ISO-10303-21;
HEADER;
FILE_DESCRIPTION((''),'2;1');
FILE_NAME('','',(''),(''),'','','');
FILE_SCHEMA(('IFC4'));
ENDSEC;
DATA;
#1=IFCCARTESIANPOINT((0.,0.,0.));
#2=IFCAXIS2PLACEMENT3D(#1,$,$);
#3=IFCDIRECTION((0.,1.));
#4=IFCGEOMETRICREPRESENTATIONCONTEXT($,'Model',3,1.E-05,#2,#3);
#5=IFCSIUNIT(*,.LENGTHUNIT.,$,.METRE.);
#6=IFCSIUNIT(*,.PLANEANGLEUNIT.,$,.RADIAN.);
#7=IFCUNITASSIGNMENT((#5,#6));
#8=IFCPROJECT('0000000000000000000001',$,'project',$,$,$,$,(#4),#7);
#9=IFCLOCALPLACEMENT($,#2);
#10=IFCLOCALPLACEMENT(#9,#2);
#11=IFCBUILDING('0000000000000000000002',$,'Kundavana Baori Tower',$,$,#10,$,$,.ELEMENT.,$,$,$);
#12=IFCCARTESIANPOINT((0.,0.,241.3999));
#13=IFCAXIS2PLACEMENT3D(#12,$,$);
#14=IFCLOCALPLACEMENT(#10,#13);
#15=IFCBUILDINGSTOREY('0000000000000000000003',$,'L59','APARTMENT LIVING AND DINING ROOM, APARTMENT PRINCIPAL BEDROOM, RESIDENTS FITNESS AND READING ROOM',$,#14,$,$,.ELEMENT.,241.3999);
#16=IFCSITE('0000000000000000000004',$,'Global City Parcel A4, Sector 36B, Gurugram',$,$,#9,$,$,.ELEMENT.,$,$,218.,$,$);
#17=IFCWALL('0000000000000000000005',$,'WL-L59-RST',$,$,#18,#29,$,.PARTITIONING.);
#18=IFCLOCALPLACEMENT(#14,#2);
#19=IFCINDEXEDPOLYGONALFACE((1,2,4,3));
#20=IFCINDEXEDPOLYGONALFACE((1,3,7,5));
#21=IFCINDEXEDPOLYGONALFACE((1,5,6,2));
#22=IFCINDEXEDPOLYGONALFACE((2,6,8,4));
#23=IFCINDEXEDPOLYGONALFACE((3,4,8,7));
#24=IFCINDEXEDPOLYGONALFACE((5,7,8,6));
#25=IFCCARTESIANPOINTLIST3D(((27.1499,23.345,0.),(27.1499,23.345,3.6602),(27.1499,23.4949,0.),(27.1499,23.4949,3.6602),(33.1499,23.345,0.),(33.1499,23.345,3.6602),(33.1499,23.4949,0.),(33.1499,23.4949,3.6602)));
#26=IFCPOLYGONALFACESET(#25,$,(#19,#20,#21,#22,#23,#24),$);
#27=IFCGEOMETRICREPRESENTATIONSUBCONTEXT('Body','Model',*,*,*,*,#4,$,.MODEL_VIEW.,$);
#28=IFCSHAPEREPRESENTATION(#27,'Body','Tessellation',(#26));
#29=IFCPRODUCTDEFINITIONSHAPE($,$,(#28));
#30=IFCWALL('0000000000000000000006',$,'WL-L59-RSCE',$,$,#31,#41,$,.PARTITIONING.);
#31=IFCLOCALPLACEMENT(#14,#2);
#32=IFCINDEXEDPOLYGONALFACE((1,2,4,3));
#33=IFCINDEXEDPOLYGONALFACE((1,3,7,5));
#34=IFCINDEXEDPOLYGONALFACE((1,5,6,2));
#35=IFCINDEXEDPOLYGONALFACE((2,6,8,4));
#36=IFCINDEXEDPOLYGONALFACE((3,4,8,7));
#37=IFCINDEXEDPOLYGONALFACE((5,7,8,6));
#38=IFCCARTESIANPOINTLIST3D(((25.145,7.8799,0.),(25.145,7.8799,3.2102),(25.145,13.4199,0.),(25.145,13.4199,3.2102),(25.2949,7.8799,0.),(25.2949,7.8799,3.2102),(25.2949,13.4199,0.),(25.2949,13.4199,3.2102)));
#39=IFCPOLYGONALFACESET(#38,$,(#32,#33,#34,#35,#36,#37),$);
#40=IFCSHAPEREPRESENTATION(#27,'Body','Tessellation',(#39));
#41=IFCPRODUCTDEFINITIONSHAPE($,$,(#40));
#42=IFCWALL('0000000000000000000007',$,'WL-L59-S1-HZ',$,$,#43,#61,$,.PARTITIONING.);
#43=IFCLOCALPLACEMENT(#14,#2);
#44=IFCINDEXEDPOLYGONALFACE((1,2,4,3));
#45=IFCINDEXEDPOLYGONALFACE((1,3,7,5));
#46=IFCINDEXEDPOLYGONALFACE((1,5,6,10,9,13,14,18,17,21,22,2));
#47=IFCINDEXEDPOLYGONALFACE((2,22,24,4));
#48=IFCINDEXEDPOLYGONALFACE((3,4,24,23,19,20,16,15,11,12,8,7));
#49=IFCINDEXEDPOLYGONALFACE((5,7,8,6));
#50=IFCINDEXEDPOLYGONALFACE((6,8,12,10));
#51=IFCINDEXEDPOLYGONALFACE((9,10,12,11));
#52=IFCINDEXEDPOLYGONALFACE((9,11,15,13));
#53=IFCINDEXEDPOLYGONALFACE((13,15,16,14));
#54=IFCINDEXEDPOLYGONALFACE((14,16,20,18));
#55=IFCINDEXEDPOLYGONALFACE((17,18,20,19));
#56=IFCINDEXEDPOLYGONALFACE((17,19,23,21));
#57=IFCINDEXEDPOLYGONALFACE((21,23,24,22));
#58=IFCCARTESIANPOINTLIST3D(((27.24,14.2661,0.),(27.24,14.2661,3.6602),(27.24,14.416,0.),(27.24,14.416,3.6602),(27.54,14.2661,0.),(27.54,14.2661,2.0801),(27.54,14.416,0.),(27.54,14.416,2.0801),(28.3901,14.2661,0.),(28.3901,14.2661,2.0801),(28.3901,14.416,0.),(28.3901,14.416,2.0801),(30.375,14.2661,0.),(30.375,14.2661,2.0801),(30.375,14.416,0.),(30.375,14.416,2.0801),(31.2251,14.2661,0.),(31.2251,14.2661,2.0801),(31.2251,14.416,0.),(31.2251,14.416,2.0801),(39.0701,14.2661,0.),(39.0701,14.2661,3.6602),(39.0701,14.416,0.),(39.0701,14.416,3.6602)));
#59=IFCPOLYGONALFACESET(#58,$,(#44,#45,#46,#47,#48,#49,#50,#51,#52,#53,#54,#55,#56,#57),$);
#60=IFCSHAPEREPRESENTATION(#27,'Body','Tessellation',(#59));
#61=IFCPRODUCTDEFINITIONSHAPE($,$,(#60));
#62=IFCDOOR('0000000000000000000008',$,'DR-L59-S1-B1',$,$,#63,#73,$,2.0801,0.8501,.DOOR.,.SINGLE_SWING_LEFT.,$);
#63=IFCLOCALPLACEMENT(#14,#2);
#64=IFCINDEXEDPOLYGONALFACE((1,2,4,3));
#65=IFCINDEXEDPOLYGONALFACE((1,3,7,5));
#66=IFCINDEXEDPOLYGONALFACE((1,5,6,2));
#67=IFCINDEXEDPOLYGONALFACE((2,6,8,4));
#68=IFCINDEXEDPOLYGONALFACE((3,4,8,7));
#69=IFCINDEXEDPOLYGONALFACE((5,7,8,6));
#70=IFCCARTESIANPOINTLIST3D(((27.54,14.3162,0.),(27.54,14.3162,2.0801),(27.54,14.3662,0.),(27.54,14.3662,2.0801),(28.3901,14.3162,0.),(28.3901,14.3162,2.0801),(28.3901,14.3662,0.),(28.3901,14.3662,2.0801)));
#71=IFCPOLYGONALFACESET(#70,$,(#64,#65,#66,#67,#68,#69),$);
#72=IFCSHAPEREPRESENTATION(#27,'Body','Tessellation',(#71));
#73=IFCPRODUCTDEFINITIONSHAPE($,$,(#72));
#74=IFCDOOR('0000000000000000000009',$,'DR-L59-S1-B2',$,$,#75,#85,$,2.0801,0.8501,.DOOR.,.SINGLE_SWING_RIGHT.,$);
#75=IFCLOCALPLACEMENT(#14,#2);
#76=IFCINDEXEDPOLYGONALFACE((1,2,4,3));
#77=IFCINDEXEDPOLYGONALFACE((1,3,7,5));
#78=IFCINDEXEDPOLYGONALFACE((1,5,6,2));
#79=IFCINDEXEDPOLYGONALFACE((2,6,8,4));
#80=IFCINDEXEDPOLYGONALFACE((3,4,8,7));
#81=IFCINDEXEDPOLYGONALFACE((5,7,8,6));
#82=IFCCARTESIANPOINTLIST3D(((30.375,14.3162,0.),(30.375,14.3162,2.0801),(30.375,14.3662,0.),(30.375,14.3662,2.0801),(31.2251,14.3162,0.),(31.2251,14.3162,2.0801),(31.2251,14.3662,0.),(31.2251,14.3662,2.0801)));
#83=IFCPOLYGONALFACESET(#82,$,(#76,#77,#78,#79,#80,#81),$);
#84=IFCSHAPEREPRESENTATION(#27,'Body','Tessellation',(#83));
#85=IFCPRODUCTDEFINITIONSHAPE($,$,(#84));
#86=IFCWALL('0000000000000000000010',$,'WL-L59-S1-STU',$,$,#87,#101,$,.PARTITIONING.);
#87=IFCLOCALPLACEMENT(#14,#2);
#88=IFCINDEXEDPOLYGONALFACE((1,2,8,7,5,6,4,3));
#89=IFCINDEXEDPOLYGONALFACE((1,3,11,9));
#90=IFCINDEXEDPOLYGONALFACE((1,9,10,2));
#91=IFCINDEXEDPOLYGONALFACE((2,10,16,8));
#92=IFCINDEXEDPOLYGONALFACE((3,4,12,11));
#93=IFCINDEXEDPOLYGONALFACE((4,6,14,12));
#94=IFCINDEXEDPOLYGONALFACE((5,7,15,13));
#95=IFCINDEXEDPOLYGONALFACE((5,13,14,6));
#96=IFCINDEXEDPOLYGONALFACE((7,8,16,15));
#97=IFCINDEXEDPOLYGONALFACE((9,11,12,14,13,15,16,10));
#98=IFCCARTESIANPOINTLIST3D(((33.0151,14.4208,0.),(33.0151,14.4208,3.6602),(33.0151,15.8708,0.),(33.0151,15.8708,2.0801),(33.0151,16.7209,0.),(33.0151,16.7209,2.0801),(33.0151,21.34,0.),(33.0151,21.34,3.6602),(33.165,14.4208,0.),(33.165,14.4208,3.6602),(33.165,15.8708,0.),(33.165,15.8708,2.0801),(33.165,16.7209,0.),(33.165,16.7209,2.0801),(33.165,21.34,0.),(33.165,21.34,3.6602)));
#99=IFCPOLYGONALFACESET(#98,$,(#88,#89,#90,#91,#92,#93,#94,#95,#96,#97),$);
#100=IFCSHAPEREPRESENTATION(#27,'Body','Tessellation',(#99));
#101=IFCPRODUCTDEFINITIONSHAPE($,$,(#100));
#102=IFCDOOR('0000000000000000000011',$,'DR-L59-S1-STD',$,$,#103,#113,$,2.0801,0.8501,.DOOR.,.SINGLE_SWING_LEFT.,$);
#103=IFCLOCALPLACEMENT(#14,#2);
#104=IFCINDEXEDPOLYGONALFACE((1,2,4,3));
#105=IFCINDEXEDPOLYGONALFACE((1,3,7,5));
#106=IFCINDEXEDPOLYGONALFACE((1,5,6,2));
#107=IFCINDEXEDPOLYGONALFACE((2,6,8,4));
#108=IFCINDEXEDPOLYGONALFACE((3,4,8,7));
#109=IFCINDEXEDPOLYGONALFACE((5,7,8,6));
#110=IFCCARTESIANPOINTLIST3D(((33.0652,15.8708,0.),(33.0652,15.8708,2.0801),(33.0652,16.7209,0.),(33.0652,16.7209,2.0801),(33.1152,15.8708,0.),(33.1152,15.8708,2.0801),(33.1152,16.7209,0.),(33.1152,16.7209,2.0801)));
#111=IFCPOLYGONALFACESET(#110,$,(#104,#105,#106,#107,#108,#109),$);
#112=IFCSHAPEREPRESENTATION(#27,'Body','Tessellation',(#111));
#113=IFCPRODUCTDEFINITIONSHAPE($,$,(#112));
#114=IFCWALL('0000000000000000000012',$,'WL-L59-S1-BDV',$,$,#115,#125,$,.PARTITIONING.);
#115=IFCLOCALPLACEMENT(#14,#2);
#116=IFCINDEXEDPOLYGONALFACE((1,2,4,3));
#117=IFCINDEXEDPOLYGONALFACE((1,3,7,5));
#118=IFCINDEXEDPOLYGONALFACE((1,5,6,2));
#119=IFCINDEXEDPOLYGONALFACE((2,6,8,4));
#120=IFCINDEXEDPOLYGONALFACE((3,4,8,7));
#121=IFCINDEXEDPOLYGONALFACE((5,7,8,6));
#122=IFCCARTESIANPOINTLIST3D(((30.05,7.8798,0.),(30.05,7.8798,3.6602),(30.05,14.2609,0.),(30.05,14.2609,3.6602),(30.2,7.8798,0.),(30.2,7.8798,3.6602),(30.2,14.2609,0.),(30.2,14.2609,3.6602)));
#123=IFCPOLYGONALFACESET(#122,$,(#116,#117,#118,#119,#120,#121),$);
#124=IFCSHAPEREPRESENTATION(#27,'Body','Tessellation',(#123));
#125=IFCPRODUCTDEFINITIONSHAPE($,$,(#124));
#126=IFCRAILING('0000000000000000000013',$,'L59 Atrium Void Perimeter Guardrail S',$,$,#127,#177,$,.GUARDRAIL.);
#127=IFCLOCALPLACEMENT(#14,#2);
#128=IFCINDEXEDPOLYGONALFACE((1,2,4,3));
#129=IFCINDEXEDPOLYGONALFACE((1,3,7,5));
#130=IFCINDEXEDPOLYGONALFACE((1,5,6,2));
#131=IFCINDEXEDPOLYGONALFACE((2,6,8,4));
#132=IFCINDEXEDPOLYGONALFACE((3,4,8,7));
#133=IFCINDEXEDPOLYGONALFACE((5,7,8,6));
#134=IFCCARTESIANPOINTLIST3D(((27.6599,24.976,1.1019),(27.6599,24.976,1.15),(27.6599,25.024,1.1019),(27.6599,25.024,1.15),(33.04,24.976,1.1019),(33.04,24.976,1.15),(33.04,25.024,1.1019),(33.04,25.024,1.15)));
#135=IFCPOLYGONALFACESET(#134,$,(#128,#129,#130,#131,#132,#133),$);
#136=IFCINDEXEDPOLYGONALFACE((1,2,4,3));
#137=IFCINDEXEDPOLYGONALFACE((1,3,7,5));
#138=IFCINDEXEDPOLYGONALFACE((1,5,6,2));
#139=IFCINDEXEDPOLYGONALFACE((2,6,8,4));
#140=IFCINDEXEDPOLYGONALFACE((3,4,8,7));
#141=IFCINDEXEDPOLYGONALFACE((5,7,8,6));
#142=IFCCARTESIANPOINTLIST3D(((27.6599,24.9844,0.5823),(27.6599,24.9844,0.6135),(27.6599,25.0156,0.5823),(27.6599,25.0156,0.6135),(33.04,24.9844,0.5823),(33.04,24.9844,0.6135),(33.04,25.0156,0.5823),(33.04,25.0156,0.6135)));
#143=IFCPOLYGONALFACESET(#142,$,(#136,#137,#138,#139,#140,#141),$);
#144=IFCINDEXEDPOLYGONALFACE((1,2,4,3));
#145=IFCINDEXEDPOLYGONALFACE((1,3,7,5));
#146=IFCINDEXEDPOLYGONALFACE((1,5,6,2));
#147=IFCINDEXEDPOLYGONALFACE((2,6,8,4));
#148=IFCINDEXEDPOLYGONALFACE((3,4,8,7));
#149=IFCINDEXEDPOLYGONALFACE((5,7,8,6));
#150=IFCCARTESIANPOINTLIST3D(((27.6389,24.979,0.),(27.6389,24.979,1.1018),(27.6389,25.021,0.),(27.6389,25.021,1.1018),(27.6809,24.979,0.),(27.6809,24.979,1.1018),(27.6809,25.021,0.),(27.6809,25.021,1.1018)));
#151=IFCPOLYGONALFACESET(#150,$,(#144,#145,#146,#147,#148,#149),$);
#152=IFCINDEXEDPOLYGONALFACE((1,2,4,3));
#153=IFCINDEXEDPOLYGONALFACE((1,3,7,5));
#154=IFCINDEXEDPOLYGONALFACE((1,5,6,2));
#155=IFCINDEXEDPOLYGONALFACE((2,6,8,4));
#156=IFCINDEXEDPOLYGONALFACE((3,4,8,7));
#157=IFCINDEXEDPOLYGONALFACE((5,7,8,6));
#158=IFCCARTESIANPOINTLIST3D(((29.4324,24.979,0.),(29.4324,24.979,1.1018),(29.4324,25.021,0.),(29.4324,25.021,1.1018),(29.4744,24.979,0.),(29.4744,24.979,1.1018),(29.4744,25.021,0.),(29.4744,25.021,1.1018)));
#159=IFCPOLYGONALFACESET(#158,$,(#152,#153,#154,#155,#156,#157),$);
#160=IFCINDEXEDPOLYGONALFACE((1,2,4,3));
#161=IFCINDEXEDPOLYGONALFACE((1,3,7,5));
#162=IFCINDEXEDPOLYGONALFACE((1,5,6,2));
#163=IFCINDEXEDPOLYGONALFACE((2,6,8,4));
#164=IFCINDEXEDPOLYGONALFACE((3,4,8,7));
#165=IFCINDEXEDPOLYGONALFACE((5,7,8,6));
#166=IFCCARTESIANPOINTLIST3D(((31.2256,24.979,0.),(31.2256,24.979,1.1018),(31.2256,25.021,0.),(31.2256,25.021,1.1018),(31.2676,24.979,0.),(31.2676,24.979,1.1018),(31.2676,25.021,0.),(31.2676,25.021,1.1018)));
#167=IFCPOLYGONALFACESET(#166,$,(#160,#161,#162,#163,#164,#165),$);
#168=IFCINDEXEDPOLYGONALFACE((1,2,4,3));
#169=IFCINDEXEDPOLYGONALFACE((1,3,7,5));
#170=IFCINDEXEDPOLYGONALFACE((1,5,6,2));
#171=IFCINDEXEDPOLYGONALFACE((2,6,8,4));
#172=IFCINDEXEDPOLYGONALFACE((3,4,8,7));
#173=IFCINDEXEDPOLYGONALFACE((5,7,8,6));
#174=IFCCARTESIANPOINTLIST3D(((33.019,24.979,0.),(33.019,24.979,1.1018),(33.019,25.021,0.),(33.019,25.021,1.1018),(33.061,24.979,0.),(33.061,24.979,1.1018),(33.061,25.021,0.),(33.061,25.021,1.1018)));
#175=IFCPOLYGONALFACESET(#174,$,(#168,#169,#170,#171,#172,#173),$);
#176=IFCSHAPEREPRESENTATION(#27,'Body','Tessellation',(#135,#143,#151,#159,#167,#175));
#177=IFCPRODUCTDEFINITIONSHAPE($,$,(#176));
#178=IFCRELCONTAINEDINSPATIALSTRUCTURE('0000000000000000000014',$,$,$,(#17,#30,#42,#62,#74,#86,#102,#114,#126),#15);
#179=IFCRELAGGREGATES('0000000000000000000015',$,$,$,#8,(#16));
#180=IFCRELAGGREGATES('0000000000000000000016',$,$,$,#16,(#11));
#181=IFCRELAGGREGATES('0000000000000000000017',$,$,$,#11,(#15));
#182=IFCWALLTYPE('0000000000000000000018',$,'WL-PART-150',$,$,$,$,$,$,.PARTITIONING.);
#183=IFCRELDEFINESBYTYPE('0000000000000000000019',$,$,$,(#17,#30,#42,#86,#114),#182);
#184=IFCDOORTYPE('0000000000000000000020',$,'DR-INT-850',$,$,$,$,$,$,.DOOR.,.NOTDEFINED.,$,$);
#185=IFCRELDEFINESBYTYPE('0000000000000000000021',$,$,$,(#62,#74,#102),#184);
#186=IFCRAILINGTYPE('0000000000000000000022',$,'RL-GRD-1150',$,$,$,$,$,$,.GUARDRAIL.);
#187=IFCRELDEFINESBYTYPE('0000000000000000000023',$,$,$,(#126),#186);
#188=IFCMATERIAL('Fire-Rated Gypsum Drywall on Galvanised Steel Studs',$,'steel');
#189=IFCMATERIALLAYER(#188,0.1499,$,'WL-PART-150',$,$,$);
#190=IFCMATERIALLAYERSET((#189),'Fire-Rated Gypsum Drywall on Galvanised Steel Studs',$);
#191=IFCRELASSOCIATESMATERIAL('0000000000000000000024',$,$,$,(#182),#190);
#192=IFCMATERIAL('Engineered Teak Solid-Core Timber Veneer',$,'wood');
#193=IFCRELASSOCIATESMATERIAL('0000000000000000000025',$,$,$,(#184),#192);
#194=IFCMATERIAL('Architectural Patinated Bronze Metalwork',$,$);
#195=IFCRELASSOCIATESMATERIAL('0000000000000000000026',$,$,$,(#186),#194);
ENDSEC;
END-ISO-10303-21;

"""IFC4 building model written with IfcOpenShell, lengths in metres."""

from ifc_helpers import new_model, si_unit, direction, frame, frame_2d, origin, origin_2d, place, context, subcontext, project, spatial, rectangle, extrude, material, layer, layer_set, type_object, element, fill, save


model = new_model("IFC4")

# Units and contexts
model_context = context("Model", 3, precision=1e-05, world=origin(), true_north=direction((0.0, 1.0)))
body_context = subcontext(model_context, "Body", "Model", "MODEL_VIEW")
ifc_project = project(units=[si_unit("LENGTHUNIT", "METRE"), si_unit("PLANEANGLEUNIT", "RADIAN")], contexts=[model_context])

# Site, building, storey
site_placement = place(None, origin())
site = spatial("IfcSite", under=ifc_project, at=site_placement, Name="Global City Parcel A4, Sector 36B, Gurugram", CompositionType="ELEMENT", RefElevation=218.0)
building_placement = place(site_placement, origin())
building = spatial("IfcBuilding", under=site, at=building_placement, Name="Kundavana Baori Tower", CompositionType="ELEMENT")
storey_placement = place(building_placement, frame((0.0, 0.0, 241.3999)))
storey = spatial("IfcBuildingStorey", under=building, at=storey_placement, Name="L59", Description="APARTMENT LIVING AND DINING ROOM, APARTMENT PRINCIPAL BEDROOM, RESIDENTS FITNESS AND READING ROOM", CompositionType="ELEMENT", Elevation=241.3999)

# Shared definitions
ifc_material_1 = material(Name="Fire-Rated Gypsum Drywall on Galvanised Steel Studs", Category="steel")
ifc_layer = layer(ifc_material_1, 0.1499, Name="WL-PART-150")
ifc_layer_set = layer_set([ifc_layer], Name="Fire-Rated Gypsum Drywall on Galvanised Steel Studs")
wall_type = type_object("IfcWallType", Name="WL-PART-150", PredefinedType="PARTITIONING", material=ifc_layer_set)

# Walls
wall_1_placement = place(storey_placement, frame((27.1499, 23.4199, 0.0), z_axis=(0.0, 0.0, 1.0), x_axis=(1.0, 0.0, 0.0)))
element("IfcWall", 1, at=wall_1_placement, inside=storey, type_object=wall_type, Name="WL-L59-RST", PredefinedType="PARTITIONING", context=body_context, shape_type="SweptSolid", body=[
    extrude(rectangle(XDim=6.0, YDim=0.1499, at=frame_2d((3.0, 0.0))), origin(), (0.0, 0.0, 1.0), 3.6602),
])
wall_2_placement = place(storey_placement, frame((25.22, 7.8799, 0.0), z_axis=(0.0, 0.0, 1.0), x_axis=(0.0, 1.0, 0.0)))
element("IfcWall", 2, at=wall_2_placement, inside=storey, type_object=wall_type, Name="WL-L59-RSCE", PredefinedType="PARTITIONING", context=body_context, shape_type="SweptSolid", body=[
    extrude(rectangle(XDim=5.54, YDim=0.1499, at=frame_2d((2.77, 0.0))), origin(), (0.0, 0.0, 1.0), 3.2102),
])

# Wall, openings, doors
wall_3_placement = place(storey_placement, frame((27.24, 14.3411, 0.0), z_axis=(0.0, 0.0, 1.0), x_axis=(1.0, 0.0, 0.0)))
wall_3 = element("IfcWall", 3, at=wall_3_placement, inside=storey, type_object=wall_type, Name="WL-L59-S1-HZ", PredefinedType="PARTITIONING", context=body_context, shape_type="SweptSolid", body=[
    extrude(rectangle(XDim=11.8301, YDim=0.1499, at=frame_2d((5.915, 0.0))), origin(), (0.0, 0.0, 1.0), 3.6602),
])
opening_1_placement = place(wall_3_placement, frame((0.3, 0.0, 0.0)))
opening_1 = element("IfcOpeningElement", 4, at=opening_1_placement, cuts=wall_3, PredefinedType="OPENING", context=body_context, shape_type="SweptSolid", body=[
    extrude(rectangle(XDim=0.8501, YDim=2.0801, at=frame_2d((0.425, 1.04))), frame((0.0, 0.085, 0.0), z_axis=(0.0, -1.0, 0.0), x_axis=(1.0, 0.0, 0.0)), (0.0, 0.0, 1.0), 0.1699),
])
opening_2_placement = place(wall_3_placement, frame((3.135, 0.0, 0.0)))
opening_2 = element("IfcOpeningElement", 5, at=opening_2_placement, cuts=wall_3, PredefinedType="OPENING", context=body_context, shape_type="SweptSolid", body=[
    extrude(rectangle(XDim=0.8501, YDim=2.0801, at=frame_2d((0.425, 1.04))), frame((0.0, 0.085, 0.0), z_axis=(0.0, -1.0, 0.0), x_axis=(1.0, 0.0, 0.0)), (0.0, 0.0, 1.0), 0.1699),
])
ifc_material_2 = material(Name="Engineered Teak Solid-Core Timber Veneer", Category="wood")
door_type_1 = type_object("IfcDoorType", Name="DR-INT-850", OperationType="NOTDEFINED", PredefinedType="DOOR", material=ifc_material_2)
door_1_placement = place(opening_1_placement, frame((0.8501, 0.0, 0.0), z_axis=(0.0, 0.0, 1.0), x_axis=(-1.0, 0.0, 0.0)))
door_1 = element("IfcDoor", 6, at=door_1_placement, inside=storey, type_object=door_type_1, Name="DR-L59-S1-B1", OperationType="SINGLE_SWING_LEFT", OverallHeight=2.0801, OverallWidth=0.8501, PredefinedType="DOOR", context=body_context, shape_type="SweptSolid", body=[
    extrude(rectangle(XDim=0.8501, YDim=2.0801, at=frame_2d((0.425, 1.04))), frame((0.0, 0.0249, 0.0), z_axis=(0.0, -1.0, 0.0), x_axis=(1.0, 0.0, 0.0)), (0.0, 0.0, 1.0), 0.05),
])
fill(opening_1, door_1)
door_2_placement = place(opening_2_placement, frame((0.8501, 0.0, 0.0), z_axis=(0.0, 0.0, 1.0), x_axis=(-1.0, 0.0, 0.0)))
door_2 = element("IfcDoor", 7, at=door_2_placement, inside=storey, type_object=door_type_1, Name="DR-L59-S1-B2", OperationType="SINGLE_SWING_RIGHT", OverallHeight=2.0801, OverallWidth=0.8501, PredefinedType="DOOR", context=body_context, shape_type="SweptSolid", body=[
    extrude(rectangle(XDim=0.8501, YDim=2.0801, at=frame_2d((0.425, 1.04))), frame((0.0, 0.0249, 0.0), z_axis=(0.0, -1.0, 0.0), x_axis=(1.0, 0.0, 0.0)), (0.0, 0.0, 1.0), 0.05),
])
fill(opening_2, door_2)

# Wall, opening, door
wall_4_placement = place(storey_placement, frame((33.0901, 14.4209, 0.0), z_axis=(0.0, 0.0, 1.0), x_axis=(0.0, 1.0, 0.0)))
wall_4 = element("IfcWall", 8, at=wall_4_placement, inside=storey, type_object=wall_type, Name="WL-L59-S1-STU", PredefinedType="PARTITIONING", context=body_context, shape_type="SweptSolid", body=[
    extrude(rectangle(XDim=6.9192, YDim=0.1499, at=frame_2d((3.4595, 0.0))), origin(), (0.0, 0.0, 1.0), 3.6602),
])
opening_3_placement = place(wall_4_placement, frame((1.45, 0.0, 0.0)))
opening_3 = element("IfcOpeningElement", 9, at=opening_3_placement, cuts=wall_4, PredefinedType="OPENING", context=body_context, shape_type="SweptSolid", body=[
    extrude(rectangle(XDim=0.8501, YDim=2.0801, at=frame_2d((0.425, 1.04))), frame((0.0, 0.085, 0.0), z_axis=(0.0, -1.0, 0.0), x_axis=(1.0, 0.0, 0.0)), (0.0, 0.0, 1.0), 0.1699),
])
door_3_placement = place(opening_3_placement, origin())
door_3 = element("IfcDoor", 10, at=door_3_placement, inside=storey, type_object=door_type_1, Name="DR-L59-S1-STD", OperationType="SINGLE_SWING_LEFT", OverallHeight=2.0801, OverallWidth=0.8501, PredefinedType="DOOR", context=body_context, shape_type="SweptSolid", body=[
    extrude(rectangle(XDim=0.8501, YDim=2.0801, at=frame_2d((0.425, 1.04))), frame((0.0, 0.0249, 0.0), z_axis=(0.0, -1.0, 0.0), x_axis=(1.0, 0.0, 0.0)), (0.0, 0.0, 1.0), 0.05),
])
fill(opening_3, door_3)

# Wall
wall_5_placement = place(storey_placement, frame((30.125, 7.8799, 0.0), z_axis=(0.0, 0.0, 1.0), x_axis=(0.0, 1.0, 0.0)))
element("IfcWall", 11, at=wall_5_placement, inside=storey, type_object=wall_type, Name="WL-L59-S1-BDV", PredefinedType="PARTITIONING", context=body_context, shape_type="SweptSolid", body=[
    extrude(rectangle(XDim=6.3811, YDim=0.1499, at=frame_2d((3.1904, 0.0))), origin(), (0.0, 0.0, 1.0), 3.6602),
])

# Railing
ifc_material_3 = material(Name="Architectural Patinated Bronze Metalwork")
railing_type = type_object("IfcRailingType", Name="RL-GRD-1150", PredefinedType="GUARDRAIL", material=ifc_material_3)
railing_1_placement = place(storey_placement, frame((27.6599, 25.0, 0.0)))
element("IfcRailing", 12, at=railing_1_placement, inside=storey, type_object=railing_type, Name="L59 Atrium Void Perimeter Guardrail S", PredefinedType="GUARDRAIL", context=body_context, shape_type="SweptSolid", body=[
    extrude(rectangle(XDim=0.0481, YDim=0.0481, at=origin_2d()), frame((0.0, 0.0, 1.126), z_axis=(1.0, 0.0, 0.0), x_axis=(0.0, 1.0, 0.0)), (0.0, 0.0, 1.0), 5.3801),
    extrude(rectangle(XDim=0.0312, YDim=0.0312, at=origin_2d()), frame((0.0, 0.0, 0.5979), z_axis=(1.0, 0.0, 0.0), x_axis=(0.0, 1.0, 0.0)), (0.0, 0.0, 1.0), 5.3801),
    extrude(rectangle(XDim=0.042, YDim=0.042, at=origin_2d()), origin(), (0.0, 0.0, 1.0), 1.1018),
    extrude(rectangle(XDim=0.042, YDim=0.042, at=origin_2d()), frame((1.7935, 0.0, 0.0)), (0.0, 0.0, 1.0), 1.1018),
    extrude(rectangle(XDim=0.042, YDim=0.042, at=origin_2d()), frame((3.5867, 0.0, 0.0)), (0.0, 0.0, 1.0), 1.1018),
    extrude(rectangle(XDim=0.042, YDim=0.042, at=origin_2d()), frame((5.3801, 0.0, 0.0)), (0.0, 0.0, 1.0), 1.1018),
])

save(model, "model.ifc")
